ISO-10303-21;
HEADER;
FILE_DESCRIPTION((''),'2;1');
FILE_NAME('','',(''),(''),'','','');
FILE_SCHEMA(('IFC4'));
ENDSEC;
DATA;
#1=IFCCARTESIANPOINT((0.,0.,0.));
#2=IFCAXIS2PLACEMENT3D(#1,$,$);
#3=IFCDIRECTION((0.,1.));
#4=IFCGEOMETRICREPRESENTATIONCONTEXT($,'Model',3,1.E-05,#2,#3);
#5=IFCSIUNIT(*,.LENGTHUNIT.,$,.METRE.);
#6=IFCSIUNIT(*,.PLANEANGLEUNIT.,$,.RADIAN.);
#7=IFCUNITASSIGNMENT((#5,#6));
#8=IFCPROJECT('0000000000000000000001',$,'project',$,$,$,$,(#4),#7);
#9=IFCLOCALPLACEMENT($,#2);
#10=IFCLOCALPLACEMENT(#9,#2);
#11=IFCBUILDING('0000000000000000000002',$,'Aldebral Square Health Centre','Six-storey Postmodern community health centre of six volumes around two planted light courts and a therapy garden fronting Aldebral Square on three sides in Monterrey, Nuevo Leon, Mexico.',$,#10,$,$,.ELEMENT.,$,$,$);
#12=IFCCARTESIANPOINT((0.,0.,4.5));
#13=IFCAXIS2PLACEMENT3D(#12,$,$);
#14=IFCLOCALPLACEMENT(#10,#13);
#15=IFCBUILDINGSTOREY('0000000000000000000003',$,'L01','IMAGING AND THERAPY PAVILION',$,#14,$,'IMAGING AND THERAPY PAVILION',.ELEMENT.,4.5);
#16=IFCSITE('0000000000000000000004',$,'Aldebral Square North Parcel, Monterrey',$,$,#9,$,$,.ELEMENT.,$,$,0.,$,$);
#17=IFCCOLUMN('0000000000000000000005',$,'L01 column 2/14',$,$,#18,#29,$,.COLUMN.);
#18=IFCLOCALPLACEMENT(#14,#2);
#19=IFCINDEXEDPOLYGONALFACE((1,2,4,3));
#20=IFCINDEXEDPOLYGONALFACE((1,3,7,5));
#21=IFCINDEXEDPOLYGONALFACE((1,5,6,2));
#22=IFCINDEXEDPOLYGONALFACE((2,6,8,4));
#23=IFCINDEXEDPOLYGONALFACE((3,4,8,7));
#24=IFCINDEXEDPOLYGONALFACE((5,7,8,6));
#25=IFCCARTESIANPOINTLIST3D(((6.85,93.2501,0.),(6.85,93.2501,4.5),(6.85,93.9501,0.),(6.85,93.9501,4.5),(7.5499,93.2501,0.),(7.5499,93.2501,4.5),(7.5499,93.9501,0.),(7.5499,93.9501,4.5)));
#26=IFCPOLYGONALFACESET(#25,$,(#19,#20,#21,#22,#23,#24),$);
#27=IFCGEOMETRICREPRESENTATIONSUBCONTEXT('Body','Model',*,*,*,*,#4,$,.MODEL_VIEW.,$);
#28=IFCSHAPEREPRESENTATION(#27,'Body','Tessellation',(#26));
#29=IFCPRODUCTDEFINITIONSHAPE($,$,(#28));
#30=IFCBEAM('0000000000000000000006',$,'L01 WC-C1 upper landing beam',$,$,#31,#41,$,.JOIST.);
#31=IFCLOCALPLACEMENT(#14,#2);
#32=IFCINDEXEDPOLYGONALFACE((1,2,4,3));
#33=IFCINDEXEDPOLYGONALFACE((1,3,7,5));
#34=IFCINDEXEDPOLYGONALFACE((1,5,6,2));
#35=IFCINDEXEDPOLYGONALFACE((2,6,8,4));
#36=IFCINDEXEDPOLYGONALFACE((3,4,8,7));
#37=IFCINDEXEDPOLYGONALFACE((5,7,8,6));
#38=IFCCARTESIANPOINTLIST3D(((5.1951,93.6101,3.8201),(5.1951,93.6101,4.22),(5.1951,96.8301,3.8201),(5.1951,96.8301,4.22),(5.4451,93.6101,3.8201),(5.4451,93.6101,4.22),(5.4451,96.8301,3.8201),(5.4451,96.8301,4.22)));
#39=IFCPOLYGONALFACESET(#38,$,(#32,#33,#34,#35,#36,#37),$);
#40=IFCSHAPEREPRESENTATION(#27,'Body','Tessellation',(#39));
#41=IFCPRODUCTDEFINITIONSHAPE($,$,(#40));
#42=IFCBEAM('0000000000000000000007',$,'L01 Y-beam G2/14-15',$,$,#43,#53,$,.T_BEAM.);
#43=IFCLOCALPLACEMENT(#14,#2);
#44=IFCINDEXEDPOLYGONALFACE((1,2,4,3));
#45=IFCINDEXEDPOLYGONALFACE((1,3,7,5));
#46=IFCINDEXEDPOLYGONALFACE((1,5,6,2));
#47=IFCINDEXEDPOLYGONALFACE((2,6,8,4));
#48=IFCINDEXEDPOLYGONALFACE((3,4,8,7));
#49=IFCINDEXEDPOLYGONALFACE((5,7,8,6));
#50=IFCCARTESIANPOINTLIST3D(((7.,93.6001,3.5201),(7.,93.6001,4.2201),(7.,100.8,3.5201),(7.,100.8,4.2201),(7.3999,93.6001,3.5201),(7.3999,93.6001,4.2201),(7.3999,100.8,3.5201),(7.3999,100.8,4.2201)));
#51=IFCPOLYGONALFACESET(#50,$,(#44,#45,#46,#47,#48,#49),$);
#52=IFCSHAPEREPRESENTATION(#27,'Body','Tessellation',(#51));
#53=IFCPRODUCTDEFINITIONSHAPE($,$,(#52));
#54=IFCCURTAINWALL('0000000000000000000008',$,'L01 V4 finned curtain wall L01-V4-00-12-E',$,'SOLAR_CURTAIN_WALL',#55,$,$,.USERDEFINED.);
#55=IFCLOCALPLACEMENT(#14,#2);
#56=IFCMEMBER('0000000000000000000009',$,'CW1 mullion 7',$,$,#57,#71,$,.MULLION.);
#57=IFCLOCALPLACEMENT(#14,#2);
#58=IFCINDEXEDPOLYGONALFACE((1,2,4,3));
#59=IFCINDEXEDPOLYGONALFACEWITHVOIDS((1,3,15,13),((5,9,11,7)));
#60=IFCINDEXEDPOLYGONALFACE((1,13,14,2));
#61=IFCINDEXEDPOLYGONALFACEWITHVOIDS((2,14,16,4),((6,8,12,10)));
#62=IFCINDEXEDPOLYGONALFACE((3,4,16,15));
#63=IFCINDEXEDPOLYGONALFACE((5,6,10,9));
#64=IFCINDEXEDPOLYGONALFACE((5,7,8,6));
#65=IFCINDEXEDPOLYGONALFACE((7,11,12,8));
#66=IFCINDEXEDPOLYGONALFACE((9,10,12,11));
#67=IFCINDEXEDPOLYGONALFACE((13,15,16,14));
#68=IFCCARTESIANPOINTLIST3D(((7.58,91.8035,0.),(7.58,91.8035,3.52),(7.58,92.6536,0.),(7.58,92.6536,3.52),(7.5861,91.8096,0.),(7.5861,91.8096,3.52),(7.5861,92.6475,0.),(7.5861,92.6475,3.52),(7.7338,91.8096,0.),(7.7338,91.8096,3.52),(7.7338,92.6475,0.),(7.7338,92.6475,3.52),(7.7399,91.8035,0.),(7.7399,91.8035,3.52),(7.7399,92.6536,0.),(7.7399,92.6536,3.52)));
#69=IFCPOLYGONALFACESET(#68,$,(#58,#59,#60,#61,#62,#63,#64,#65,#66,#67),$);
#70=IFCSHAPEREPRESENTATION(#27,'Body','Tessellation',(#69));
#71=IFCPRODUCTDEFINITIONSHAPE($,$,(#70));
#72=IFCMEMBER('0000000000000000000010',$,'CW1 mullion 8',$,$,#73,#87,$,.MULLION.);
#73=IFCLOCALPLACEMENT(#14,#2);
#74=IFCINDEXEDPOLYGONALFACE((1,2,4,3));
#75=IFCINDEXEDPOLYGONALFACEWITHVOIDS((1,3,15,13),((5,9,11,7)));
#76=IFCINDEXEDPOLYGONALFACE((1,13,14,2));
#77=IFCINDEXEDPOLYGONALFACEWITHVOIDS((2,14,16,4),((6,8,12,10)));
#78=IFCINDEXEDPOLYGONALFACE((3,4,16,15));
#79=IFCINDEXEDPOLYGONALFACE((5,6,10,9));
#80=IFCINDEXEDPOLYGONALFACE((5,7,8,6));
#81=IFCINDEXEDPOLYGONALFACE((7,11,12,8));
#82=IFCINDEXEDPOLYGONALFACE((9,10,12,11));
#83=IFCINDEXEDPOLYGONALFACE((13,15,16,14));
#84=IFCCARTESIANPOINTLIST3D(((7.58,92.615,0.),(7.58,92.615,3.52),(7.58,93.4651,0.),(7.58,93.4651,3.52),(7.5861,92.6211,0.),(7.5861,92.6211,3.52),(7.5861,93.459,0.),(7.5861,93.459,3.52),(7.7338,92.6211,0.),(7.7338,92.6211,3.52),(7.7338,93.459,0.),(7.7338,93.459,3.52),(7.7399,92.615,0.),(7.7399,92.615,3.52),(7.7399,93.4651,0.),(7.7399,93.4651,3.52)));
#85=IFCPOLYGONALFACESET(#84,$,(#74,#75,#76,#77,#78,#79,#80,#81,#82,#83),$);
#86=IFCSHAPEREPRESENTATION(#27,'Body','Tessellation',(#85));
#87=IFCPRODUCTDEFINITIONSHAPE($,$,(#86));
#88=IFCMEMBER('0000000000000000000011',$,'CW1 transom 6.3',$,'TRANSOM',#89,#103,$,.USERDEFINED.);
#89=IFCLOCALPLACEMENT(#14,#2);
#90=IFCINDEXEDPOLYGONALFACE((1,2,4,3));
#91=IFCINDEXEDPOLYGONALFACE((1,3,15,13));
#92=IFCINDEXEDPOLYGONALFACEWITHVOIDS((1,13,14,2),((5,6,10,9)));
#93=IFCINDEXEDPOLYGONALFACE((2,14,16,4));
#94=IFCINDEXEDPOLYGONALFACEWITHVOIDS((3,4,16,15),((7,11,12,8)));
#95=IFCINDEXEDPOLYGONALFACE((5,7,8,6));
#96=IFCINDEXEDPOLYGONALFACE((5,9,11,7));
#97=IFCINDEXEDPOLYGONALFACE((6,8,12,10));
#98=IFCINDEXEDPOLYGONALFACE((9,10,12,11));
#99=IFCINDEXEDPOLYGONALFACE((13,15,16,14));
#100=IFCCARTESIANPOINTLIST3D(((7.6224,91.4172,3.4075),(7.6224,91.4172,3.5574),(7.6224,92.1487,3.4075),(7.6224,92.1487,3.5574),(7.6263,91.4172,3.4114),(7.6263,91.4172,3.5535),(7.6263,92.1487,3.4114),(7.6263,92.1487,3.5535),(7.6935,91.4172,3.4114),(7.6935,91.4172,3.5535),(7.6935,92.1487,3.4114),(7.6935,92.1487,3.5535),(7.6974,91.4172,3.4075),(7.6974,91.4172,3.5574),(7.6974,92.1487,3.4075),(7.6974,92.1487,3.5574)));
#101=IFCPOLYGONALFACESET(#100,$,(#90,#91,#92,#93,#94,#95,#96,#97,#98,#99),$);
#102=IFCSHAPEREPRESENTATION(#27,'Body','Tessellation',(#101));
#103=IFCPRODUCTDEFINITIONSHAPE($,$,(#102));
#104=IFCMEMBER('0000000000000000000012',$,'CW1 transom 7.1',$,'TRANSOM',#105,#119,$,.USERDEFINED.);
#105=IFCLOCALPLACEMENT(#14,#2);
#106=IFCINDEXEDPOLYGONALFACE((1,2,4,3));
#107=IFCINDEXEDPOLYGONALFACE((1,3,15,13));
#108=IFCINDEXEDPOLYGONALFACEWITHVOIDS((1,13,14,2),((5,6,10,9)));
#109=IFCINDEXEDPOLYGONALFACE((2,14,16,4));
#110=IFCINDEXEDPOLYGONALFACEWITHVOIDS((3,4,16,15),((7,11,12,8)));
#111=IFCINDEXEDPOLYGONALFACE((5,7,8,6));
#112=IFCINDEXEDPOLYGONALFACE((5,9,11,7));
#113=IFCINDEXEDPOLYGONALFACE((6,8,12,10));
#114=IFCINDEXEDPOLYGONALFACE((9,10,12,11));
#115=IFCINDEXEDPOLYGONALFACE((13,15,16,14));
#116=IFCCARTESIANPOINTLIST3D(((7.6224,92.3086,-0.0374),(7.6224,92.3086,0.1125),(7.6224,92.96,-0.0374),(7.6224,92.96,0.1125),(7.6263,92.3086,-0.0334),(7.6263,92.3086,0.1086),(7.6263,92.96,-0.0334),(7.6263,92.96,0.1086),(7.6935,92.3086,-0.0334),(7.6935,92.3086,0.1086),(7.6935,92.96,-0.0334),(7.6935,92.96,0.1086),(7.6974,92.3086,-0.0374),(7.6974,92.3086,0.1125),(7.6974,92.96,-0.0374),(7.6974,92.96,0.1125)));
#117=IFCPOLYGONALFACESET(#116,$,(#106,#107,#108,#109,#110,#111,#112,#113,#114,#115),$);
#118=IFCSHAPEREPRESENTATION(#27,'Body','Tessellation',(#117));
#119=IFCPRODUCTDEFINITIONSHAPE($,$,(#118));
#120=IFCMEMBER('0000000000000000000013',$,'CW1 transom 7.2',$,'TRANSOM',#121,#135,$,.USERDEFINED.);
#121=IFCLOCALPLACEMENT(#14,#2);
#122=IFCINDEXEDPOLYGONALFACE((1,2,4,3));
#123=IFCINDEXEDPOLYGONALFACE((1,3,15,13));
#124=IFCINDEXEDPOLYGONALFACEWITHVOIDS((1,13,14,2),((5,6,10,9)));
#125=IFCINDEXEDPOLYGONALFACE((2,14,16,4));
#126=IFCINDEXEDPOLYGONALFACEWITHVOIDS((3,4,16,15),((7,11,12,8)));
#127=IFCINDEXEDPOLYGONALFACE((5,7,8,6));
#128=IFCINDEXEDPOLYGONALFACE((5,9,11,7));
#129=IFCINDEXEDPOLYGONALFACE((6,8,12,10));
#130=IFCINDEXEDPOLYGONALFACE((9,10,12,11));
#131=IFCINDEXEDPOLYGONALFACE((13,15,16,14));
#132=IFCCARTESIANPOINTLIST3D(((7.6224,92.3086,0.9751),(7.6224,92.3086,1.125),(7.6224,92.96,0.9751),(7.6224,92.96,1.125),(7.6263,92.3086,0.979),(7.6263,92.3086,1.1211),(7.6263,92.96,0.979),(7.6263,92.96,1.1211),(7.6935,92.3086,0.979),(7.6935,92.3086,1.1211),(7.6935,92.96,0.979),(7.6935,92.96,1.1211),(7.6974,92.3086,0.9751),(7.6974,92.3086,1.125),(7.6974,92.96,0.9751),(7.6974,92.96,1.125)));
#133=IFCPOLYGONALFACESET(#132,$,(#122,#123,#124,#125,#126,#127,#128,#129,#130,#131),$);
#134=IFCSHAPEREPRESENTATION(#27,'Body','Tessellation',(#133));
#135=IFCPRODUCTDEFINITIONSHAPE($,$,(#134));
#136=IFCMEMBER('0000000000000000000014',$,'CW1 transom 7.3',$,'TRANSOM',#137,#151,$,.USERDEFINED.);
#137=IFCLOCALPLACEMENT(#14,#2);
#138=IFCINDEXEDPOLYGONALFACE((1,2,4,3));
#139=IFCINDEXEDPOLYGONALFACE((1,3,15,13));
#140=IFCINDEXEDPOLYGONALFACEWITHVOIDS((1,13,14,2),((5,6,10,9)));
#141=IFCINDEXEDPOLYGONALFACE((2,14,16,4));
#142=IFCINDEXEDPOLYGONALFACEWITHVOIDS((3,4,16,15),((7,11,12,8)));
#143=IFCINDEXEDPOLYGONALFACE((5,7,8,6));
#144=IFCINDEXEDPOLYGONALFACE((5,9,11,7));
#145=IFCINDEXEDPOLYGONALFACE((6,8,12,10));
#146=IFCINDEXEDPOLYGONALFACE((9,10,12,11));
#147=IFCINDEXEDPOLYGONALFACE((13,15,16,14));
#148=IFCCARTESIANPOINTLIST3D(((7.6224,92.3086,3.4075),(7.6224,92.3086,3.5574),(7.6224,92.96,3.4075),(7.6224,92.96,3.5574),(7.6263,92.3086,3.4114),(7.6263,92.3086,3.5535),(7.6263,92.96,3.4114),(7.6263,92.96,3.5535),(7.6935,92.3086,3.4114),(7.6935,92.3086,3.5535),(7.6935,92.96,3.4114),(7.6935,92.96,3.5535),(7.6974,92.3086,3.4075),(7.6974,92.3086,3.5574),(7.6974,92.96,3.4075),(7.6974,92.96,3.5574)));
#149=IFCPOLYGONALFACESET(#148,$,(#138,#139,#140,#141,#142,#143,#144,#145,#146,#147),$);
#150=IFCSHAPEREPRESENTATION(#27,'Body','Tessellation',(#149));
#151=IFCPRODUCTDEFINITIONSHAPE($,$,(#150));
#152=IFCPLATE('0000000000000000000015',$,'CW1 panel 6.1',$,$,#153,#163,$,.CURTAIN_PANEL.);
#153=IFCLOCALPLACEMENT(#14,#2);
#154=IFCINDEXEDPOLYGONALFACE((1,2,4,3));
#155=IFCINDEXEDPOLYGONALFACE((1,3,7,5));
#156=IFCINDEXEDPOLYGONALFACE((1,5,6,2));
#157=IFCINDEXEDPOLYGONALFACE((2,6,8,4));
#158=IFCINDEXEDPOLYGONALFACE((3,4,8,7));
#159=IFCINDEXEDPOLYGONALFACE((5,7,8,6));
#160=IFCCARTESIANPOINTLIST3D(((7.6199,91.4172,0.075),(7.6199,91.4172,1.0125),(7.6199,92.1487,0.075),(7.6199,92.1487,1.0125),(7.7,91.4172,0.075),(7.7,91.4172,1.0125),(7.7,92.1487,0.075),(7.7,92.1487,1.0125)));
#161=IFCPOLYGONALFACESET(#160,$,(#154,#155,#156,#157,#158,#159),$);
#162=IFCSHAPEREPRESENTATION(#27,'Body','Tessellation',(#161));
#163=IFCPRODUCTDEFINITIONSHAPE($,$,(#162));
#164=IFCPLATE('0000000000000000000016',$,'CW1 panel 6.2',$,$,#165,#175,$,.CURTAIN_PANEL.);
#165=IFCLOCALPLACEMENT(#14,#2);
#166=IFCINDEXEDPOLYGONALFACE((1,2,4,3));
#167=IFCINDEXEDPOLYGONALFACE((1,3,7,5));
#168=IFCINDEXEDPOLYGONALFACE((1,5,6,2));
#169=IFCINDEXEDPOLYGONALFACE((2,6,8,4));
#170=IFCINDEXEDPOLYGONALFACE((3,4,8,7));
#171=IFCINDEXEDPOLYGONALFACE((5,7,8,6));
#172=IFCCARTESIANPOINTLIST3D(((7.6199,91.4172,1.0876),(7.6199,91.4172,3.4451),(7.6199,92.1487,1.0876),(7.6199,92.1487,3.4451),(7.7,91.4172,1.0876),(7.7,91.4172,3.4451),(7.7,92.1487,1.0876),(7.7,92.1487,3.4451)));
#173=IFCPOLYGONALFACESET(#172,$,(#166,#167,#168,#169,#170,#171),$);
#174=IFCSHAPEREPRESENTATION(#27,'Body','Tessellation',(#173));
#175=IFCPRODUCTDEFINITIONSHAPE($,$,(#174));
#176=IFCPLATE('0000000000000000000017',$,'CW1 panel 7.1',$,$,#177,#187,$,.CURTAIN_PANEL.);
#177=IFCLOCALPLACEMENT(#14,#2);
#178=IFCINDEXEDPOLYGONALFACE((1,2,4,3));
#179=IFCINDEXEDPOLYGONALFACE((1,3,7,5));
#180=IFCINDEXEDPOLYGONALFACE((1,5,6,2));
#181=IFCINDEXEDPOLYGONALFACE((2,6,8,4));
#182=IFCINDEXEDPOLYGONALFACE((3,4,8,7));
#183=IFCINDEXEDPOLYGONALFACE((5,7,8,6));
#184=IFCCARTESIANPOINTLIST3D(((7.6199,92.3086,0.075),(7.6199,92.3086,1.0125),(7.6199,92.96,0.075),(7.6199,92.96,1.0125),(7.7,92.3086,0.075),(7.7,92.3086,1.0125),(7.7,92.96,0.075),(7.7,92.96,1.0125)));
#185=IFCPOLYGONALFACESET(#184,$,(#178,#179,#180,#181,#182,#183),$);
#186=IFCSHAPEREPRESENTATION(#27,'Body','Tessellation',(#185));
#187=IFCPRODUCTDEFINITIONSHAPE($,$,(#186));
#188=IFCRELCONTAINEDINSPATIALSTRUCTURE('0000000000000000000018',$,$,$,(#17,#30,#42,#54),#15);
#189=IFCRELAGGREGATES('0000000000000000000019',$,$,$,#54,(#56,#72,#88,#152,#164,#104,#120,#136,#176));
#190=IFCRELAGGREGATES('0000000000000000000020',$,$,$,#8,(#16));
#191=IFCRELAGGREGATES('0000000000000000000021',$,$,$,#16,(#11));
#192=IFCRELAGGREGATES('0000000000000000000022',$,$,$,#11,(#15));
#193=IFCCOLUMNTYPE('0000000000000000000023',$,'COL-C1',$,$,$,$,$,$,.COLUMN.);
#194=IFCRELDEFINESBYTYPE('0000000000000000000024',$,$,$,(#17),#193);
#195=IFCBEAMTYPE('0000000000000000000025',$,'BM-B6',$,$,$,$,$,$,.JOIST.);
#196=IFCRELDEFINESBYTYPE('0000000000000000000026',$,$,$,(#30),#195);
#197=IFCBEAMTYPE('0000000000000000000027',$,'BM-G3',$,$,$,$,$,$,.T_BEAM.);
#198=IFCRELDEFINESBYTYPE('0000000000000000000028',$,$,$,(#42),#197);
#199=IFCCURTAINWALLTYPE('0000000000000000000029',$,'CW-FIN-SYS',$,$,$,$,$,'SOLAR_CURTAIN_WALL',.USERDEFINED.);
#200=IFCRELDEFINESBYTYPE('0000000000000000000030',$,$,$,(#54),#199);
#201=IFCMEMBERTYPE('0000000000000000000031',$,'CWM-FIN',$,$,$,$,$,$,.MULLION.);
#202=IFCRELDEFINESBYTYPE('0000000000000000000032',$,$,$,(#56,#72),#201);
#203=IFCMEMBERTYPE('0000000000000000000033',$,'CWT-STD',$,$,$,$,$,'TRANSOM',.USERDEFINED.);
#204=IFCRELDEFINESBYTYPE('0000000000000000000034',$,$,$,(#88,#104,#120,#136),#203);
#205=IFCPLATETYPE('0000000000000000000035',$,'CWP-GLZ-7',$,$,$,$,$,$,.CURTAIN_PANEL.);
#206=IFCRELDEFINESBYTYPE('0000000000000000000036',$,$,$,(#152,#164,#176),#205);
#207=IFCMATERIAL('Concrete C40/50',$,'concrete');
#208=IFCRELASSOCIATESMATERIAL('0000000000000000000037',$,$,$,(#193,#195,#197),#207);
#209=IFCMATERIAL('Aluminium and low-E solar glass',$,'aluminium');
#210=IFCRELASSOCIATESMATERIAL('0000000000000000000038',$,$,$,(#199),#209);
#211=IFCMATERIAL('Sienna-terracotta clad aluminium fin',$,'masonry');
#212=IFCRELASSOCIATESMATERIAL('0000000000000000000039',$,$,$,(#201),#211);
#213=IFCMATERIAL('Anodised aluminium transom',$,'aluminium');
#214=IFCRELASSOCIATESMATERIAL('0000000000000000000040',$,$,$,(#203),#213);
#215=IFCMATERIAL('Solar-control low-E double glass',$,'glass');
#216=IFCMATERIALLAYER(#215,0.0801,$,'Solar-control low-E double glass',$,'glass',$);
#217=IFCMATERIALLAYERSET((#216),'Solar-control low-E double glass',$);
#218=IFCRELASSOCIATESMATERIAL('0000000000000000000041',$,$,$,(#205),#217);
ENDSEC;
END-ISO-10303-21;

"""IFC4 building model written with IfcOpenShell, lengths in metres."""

from ifc_helpers import new_model, si_unit, direction, frame, origin, origin_2d, place, context, subcontext, project, spatial, rectangle, hollow_rectangle, extrude, material, layer, layer_set, material_profile, profile_set, type_object, element, aggregate, save


model = new_model("IFC4")

# Units and contexts
model_context = context("Model", 3, precision=1e-05, world=origin(), true_north=direction((0.0, 1.0)))
body_context = subcontext(model_context, "Body", "Model", "MODEL_VIEW")
ifc_project = project(units=[si_unit("LENGTHUNIT", "METRE"), si_unit("PLANEANGLEUNIT", "RADIAN")], contexts=[model_context])

# Site, building, storey
site_placement = place(None, origin())
site = spatial("IfcSite", under=ifc_project, at=site_placement, Name="Aldebral Square North Parcel, Monterrey", CompositionType="ELEMENT", RefElevation=0.0)
building_placement = place(site_placement, origin())
building = spatial("IfcBuilding", under=site, at=building_placement, Name="Aldebral Square Health Centre", Description="Six-storey Postmodern community health centre of six volumes around two planted light courts and a therapy garden fronting Aldebral Square on three sides in Monterrey, Nuevo Leon, Mexico.", CompositionType="ELEMENT")
storey_placement = place(building_placement, frame((0.0, 0.0, 4.5)))
storey = spatial("IfcBuildingStorey", under=building, at=storey_placement, Name="L01", Description="IMAGING AND THERAPY PAVILION", LongName="IMAGING AND THERAPY PAVILION", CompositionType="ELEMENT", Elevation=4.5)

# Column
ifc_material_1 = material(Name="Concrete C40/50", Category="concrete")
ifc_material_profile_1 = material_profile(ifc_material_1, rectangle(XDim=0.7, YDim=0.7, at=origin_2d()), Name="RC 700x700")
ifc_profile_set_1 = profile_set([ifc_material_profile_1], Name="Concrete C40/50")
column_type = type_object("IfcColumnType", Name="COL-C1", PredefinedType="COLUMN", material=ifc_profile_set_1)
column_placement = place(storey_placement, frame((7.2, 93.6001, 0.0), z_axis=(0.0, 0.0, 1.0), x_axis=(1.0, 0.0, 0.0)))
element("IfcColumn", 1, at=column_placement, inside=storey, type_object=column_type, Name="L01 column 2/14", PredefinedType="COLUMN", context=body_context, shape_type="SweptSolid", body=[
    extrude(rectangle(XDim=0.7, YDim=0.7, at=origin_2d()), origin(), (0.0, 0.0, 1.0), 4.5),
])

# Beams
ifc_material_profile_2 = material_profile(ifc_material_1, rectangle(XDim=0.25, YDim=0.3999, at=origin_2d()), Name="RC 250x400")
ifc_profile_set_2 = profile_set([ifc_material_profile_2], Name="Concrete C40/50")
beam_type_1 = type_object("IfcBeamType", Name="BM-B6", PredefinedType="JOIST", material=ifc_profile_set_2)
beam_1_placement = place(storey_placement, frame((5.3201, 93.6101, 4.02), z_axis=(0.0, 1.0, 0.0), x_axis=(-1.0, 0.0, 0.0)))
element("IfcBeam", 2, at=beam_1_placement, inside=storey, type_object=beam_type_1, Name="L01 WC-C1 upper landing beam", PredefinedType="JOIST", context=body_context, shape_type="SweptSolid", body=[
    extrude(rectangle(XDim=0.25, YDim=0.3999, at=origin_2d()), origin(), (0.0, 0.0, 1.0), 3.22),
])
ifc_material_profile_3 = material_profile(ifc_material_1, rectangle(XDim=0.3999, YDim=0.7, at=origin_2d()), Name="RC 400x700")
ifc_profile_set_3 = profile_set([ifc_material_profile_3], Name="Concrete C40/50")
beam_type_2 = type_object("IfcBeamType", Name="BM-G3", PredefinedType="T_BEAM", material=ifc_profile_set_3)
beam_2_placement = place(storey_placement, frame((7.2, 93.6001, 3.8701), z_axis=(0.0, 1.0, 0.0), x_axis=(-1.0, 0.0, 0.0)))
element("IfcBeam", 3, at=beam_2_placement, inside=storey, type_object=beam_type_2, Name="L01 Y-beam G2/14-15", PredefinedType="T_BEAM", context=body_context, shape_type="SweptSolid", body=[
    extrude(rectangle(XDim=0.3999, YDim=0.7, at=origin_2d()), origin(), (0.0, 0.0, 1.0), 7.2),
])

# Curtain wall, members, plates
ifc_material_2 = material(Name="Aluminium and low-E solar glass", Category="aluminium")
curtain_wall_type = type_object("IfcCurtainWallType", Name="CW-FIN-SYS", ElementType="SOLAR_CURTAIN_WALL", PredefinedType="USERDEFINED", material=ifc_material_2)
curtain_wall_placement = place(storey_placement, origin())
curtain_wall = element("IfcCurtainWall", 4, at=curtain_wall_placement, inside=storey, type_object=curtain_wall_type, Name="L01 V4 finned curtain wall L01-V4-00-12-E", ObjectType="SOLAR_CURTAIN_WALL", PredefinedType="USERDEFINED")
ifc_material_3 = material(Name="Sienna-terracotta clad aluminium fin", Category="masonry")
ifc_material_profile_4 = material_profile(ifc_material_3, hollow_rectangle(XDim=0.1599, YDim=0.8501, WallThickness=0.0061, at=origin_2d()), Name="FIN 160x850x6")
ifc_profile_set_4 = profile_set([ifc_material_profile_4], Name="Sienna-terracotta clad aluminium fin")
member_type_1 = type_object("IfcMemberType", Name="CWM-FIN", PredefinedType="MULLION", material=ifc_profile_set_4)
member_1_placement = place(storey_placement, frame((7.6599, 92.2285, 0.0), z_axis=(0.0, 0.0, 1.0), x_axis=(-1.0, 0.0, 0.0)))
member_1 = element("IfcMember", 5, at=member_1_placement, type_object=member_type_1, Name="CW1 mullion 7", PredefinedType="MULLION", context=body_context, shape_type="SweptSolid", body=[
    extrude(hollow_rectangle(XDim=0.1599, YDim=0.8501, WallThickness=0.0061, at=origin_2d()), origin(), (0.0, 0.0, 1.0), 3.52),
])
member_2_placement = place(storey_placement, frame((7.6599, 93.04, 0.0), z_axis=(0.0, 0.0, 1.0), x_axis=(-1.0, 0.0, 0.0)))
member_2 = element("IfcMember", 6, at=member_2_placement, type_object=member_type_1, Name="CW1 mullion 8", PredefinedType="MULLION", context=body_context, shape_type="SweptSolid", body=[
    extrude(hollow_rectangle(XDim=0.1599, YDim=0.8501, WallThickness=0.0061, at=origin_2d()), origin(), (0.0, 0.0, 1.0), 3.52),
])
ifc_material_4 = material(Name="Anodised aluminium transom", Category="aluminium")
ifc_material_profile_5 = material_profile(ifc_material_4, hollow_rectangle(XDim=0.075, YDim=0.1499, WallThickness=0.0039, at=origin_2d()), Name="CWT 75x150x4")
ifc_profile_set_5 = profile_set([ifc_material_profile_5], Name="Anodised aluminium transom")
member_type_2 = type_object("IfcMemberType", Name="CWT-STD", ElementType="TRANSOM", PredefinedType="USERDEFINED", material=ifc_profile_set_5)
member_3_placement = place(storey_placement, frame((7.6599, 91.4172, 3.4824), z_axis=(0.0, 1.0, 0.0), x_axis=(-1.0, 0.0, 0.0)))
member_3 = element("IfcMember", 7, at=member_3_placement, type_object=member_type_2, Name="CW1 transom 6.3", ObjectType="TRANSOM", PredefinedType="USERDEFINED", context=body_context, shape_type="SweptSolid", body=[
    extrude(hollow_rectangle(XDim=0.075, YDim=0.1499, WallThickness=0.0039, at=origin_2d()), origin(), (0.0, 0.0, 1.0), 0.7314),
])
member_4_placement = place(storey_placement, frame((7.6599, 92.3086, 0.0376), z_axis=(0.0, 1.0, 0.0), x_axis=(-1.0, 0.0, 0.0)))
member_4 = element("IfcMember", 8, at=member_4_placement, type_object=member_type_2, Name="CW1 transom 7.1", ObjectType="TRANSOM", PredefinedType="USERDEFINED", context=body_context, shape_type="SweptSolid", body=[
    extrude(hollow_rectangle(XDim=0.075, YDim=0.1499, WallThickness=0.0039, at=origin_2d()), origin(), (0.0, 0.0, 1.0), 0.6514),
])
member_5_placement = place(storey_placement, frame((7.6599, 92.3086, 1.05), z_axis=(0.0, 1.0, 0.0), x_axis=(-1.0, 0.0, 0.0)))
member_5 = element("IfcMember", 9, at=member_5_placement, type_object=member_type_2, Name="CW1 transom 7.2", ObjectType="TRANSOM", PredefinedType="USERDEFINED", context=body_context, shape_type="SweptSolid", body=[
    extrude(hollow_rectangle(XDim=0.075, YDim=0.1499, WallThickness=0.0039, at=origin_2d()), origin(), (0.0, 0.0, 1.0), 0.6514),
])
member_6_placement = place(storey_placement, frame((7.6599, 92.3086, 3.4824), z_axis=(0.0, 1.0, 0.0), x_axis=(-1.0, 0.0, 0.0)))
member_6 = element("IfcMember", 10, at=member_6_placement, type_object=member_type_2, Name="CW1 transom 7.3", ObjectType="TRANSOM", PredefinedType="USERDEFINED", context=body_context, shape_type="SweptSolid", body=[
    extrude(hollow_rectangle(XDim=0.075, YDim=0.1499, WallThickness=0.0039, at=origin_2d()), origin(), (0.0, 0.0, 1.0), 0.6514),
])
ifc_material_5 = material(Name="Solar-control low-E double glass", Category="glass")
ifc_layer_1 = layer(ifc_material_5, 0.0801, Name="Solar-control low-E double glass", Category="glass")
ifc_layer_set_1 = layer_set([ifc_layer_1], Name="Solar-control low-E double glass")
plate_type = type_object("IfcPlateType", Name="CWP-GLZ-7", PredefinedType="CURTAIN_PANEL", material=ifc_layer_set_1)
plate_1_placement = place(storey_placement, frame((7.6599, 91.783, 0.075), z_axis=(0.0, 0.0, 1.0), x_axis=(0.0, 1.0, 0.0)))
plate_1 = element("IfcPlate", 11, at=plate_1_placement, type_object=plate_type, Name="CW1 panel 6.1", PredefinedType="CURTAIN_PANEL", context=body_context, shape_type="SweptSolid", body=[
    extrude(rectangle(XDim=0.7314, YDim=0.0801, at=origin_2d()), origin(), (0.0, 0.0, 1.0), 0.9375),
])
plate_2_placement = place(storey_placement, frame((7.6599, 91.783, 1.0876), z_axis=(0.0, 0.0, 1.0), x_axis=(0.0, 1.0, 0.0)))
plate_2 = element("IfcPlate", 12, at=plate_2_placement, type_object=plate_type, Name="CW1 panel 6.2", PredefinedType="CURTAIN_PANEL", context=body_context, shape_type="SweptSolid", body=[
    extrude(rectangle(XDim=0.7314, YDim=0.0801, at=origin_2d()), origin(), (0.0, 0.0, 1.0), 2.3574),
])
plate_3_placement = place(storey_placement, frame((7.6599, 92.6343, 0.075), z_axis=(0.0, 0.0, 1.0), x_axis=(0.0, 1.0, 0.0)))
plate_3 = element("IfcPlate", 13, at=plate_3_placement, type_object=plate_type, Name="CW1 panel 7.1", PredefinedType="CURTAIN_PANEL", context=body_context, shape_type="SweptSolid", body=[
    extrude(rectangle(XDim=0.6514, YDim=0.0801, at=origin_2d()), origin(), (0.0, 0.0, 1.0), 0.9375),
])
aggregate(curtain_wall, [member_1, member_2, member_3, plate_1, plate_2, member_4, member_5, member_6, plate_3])

save(model, "model.ifc")
